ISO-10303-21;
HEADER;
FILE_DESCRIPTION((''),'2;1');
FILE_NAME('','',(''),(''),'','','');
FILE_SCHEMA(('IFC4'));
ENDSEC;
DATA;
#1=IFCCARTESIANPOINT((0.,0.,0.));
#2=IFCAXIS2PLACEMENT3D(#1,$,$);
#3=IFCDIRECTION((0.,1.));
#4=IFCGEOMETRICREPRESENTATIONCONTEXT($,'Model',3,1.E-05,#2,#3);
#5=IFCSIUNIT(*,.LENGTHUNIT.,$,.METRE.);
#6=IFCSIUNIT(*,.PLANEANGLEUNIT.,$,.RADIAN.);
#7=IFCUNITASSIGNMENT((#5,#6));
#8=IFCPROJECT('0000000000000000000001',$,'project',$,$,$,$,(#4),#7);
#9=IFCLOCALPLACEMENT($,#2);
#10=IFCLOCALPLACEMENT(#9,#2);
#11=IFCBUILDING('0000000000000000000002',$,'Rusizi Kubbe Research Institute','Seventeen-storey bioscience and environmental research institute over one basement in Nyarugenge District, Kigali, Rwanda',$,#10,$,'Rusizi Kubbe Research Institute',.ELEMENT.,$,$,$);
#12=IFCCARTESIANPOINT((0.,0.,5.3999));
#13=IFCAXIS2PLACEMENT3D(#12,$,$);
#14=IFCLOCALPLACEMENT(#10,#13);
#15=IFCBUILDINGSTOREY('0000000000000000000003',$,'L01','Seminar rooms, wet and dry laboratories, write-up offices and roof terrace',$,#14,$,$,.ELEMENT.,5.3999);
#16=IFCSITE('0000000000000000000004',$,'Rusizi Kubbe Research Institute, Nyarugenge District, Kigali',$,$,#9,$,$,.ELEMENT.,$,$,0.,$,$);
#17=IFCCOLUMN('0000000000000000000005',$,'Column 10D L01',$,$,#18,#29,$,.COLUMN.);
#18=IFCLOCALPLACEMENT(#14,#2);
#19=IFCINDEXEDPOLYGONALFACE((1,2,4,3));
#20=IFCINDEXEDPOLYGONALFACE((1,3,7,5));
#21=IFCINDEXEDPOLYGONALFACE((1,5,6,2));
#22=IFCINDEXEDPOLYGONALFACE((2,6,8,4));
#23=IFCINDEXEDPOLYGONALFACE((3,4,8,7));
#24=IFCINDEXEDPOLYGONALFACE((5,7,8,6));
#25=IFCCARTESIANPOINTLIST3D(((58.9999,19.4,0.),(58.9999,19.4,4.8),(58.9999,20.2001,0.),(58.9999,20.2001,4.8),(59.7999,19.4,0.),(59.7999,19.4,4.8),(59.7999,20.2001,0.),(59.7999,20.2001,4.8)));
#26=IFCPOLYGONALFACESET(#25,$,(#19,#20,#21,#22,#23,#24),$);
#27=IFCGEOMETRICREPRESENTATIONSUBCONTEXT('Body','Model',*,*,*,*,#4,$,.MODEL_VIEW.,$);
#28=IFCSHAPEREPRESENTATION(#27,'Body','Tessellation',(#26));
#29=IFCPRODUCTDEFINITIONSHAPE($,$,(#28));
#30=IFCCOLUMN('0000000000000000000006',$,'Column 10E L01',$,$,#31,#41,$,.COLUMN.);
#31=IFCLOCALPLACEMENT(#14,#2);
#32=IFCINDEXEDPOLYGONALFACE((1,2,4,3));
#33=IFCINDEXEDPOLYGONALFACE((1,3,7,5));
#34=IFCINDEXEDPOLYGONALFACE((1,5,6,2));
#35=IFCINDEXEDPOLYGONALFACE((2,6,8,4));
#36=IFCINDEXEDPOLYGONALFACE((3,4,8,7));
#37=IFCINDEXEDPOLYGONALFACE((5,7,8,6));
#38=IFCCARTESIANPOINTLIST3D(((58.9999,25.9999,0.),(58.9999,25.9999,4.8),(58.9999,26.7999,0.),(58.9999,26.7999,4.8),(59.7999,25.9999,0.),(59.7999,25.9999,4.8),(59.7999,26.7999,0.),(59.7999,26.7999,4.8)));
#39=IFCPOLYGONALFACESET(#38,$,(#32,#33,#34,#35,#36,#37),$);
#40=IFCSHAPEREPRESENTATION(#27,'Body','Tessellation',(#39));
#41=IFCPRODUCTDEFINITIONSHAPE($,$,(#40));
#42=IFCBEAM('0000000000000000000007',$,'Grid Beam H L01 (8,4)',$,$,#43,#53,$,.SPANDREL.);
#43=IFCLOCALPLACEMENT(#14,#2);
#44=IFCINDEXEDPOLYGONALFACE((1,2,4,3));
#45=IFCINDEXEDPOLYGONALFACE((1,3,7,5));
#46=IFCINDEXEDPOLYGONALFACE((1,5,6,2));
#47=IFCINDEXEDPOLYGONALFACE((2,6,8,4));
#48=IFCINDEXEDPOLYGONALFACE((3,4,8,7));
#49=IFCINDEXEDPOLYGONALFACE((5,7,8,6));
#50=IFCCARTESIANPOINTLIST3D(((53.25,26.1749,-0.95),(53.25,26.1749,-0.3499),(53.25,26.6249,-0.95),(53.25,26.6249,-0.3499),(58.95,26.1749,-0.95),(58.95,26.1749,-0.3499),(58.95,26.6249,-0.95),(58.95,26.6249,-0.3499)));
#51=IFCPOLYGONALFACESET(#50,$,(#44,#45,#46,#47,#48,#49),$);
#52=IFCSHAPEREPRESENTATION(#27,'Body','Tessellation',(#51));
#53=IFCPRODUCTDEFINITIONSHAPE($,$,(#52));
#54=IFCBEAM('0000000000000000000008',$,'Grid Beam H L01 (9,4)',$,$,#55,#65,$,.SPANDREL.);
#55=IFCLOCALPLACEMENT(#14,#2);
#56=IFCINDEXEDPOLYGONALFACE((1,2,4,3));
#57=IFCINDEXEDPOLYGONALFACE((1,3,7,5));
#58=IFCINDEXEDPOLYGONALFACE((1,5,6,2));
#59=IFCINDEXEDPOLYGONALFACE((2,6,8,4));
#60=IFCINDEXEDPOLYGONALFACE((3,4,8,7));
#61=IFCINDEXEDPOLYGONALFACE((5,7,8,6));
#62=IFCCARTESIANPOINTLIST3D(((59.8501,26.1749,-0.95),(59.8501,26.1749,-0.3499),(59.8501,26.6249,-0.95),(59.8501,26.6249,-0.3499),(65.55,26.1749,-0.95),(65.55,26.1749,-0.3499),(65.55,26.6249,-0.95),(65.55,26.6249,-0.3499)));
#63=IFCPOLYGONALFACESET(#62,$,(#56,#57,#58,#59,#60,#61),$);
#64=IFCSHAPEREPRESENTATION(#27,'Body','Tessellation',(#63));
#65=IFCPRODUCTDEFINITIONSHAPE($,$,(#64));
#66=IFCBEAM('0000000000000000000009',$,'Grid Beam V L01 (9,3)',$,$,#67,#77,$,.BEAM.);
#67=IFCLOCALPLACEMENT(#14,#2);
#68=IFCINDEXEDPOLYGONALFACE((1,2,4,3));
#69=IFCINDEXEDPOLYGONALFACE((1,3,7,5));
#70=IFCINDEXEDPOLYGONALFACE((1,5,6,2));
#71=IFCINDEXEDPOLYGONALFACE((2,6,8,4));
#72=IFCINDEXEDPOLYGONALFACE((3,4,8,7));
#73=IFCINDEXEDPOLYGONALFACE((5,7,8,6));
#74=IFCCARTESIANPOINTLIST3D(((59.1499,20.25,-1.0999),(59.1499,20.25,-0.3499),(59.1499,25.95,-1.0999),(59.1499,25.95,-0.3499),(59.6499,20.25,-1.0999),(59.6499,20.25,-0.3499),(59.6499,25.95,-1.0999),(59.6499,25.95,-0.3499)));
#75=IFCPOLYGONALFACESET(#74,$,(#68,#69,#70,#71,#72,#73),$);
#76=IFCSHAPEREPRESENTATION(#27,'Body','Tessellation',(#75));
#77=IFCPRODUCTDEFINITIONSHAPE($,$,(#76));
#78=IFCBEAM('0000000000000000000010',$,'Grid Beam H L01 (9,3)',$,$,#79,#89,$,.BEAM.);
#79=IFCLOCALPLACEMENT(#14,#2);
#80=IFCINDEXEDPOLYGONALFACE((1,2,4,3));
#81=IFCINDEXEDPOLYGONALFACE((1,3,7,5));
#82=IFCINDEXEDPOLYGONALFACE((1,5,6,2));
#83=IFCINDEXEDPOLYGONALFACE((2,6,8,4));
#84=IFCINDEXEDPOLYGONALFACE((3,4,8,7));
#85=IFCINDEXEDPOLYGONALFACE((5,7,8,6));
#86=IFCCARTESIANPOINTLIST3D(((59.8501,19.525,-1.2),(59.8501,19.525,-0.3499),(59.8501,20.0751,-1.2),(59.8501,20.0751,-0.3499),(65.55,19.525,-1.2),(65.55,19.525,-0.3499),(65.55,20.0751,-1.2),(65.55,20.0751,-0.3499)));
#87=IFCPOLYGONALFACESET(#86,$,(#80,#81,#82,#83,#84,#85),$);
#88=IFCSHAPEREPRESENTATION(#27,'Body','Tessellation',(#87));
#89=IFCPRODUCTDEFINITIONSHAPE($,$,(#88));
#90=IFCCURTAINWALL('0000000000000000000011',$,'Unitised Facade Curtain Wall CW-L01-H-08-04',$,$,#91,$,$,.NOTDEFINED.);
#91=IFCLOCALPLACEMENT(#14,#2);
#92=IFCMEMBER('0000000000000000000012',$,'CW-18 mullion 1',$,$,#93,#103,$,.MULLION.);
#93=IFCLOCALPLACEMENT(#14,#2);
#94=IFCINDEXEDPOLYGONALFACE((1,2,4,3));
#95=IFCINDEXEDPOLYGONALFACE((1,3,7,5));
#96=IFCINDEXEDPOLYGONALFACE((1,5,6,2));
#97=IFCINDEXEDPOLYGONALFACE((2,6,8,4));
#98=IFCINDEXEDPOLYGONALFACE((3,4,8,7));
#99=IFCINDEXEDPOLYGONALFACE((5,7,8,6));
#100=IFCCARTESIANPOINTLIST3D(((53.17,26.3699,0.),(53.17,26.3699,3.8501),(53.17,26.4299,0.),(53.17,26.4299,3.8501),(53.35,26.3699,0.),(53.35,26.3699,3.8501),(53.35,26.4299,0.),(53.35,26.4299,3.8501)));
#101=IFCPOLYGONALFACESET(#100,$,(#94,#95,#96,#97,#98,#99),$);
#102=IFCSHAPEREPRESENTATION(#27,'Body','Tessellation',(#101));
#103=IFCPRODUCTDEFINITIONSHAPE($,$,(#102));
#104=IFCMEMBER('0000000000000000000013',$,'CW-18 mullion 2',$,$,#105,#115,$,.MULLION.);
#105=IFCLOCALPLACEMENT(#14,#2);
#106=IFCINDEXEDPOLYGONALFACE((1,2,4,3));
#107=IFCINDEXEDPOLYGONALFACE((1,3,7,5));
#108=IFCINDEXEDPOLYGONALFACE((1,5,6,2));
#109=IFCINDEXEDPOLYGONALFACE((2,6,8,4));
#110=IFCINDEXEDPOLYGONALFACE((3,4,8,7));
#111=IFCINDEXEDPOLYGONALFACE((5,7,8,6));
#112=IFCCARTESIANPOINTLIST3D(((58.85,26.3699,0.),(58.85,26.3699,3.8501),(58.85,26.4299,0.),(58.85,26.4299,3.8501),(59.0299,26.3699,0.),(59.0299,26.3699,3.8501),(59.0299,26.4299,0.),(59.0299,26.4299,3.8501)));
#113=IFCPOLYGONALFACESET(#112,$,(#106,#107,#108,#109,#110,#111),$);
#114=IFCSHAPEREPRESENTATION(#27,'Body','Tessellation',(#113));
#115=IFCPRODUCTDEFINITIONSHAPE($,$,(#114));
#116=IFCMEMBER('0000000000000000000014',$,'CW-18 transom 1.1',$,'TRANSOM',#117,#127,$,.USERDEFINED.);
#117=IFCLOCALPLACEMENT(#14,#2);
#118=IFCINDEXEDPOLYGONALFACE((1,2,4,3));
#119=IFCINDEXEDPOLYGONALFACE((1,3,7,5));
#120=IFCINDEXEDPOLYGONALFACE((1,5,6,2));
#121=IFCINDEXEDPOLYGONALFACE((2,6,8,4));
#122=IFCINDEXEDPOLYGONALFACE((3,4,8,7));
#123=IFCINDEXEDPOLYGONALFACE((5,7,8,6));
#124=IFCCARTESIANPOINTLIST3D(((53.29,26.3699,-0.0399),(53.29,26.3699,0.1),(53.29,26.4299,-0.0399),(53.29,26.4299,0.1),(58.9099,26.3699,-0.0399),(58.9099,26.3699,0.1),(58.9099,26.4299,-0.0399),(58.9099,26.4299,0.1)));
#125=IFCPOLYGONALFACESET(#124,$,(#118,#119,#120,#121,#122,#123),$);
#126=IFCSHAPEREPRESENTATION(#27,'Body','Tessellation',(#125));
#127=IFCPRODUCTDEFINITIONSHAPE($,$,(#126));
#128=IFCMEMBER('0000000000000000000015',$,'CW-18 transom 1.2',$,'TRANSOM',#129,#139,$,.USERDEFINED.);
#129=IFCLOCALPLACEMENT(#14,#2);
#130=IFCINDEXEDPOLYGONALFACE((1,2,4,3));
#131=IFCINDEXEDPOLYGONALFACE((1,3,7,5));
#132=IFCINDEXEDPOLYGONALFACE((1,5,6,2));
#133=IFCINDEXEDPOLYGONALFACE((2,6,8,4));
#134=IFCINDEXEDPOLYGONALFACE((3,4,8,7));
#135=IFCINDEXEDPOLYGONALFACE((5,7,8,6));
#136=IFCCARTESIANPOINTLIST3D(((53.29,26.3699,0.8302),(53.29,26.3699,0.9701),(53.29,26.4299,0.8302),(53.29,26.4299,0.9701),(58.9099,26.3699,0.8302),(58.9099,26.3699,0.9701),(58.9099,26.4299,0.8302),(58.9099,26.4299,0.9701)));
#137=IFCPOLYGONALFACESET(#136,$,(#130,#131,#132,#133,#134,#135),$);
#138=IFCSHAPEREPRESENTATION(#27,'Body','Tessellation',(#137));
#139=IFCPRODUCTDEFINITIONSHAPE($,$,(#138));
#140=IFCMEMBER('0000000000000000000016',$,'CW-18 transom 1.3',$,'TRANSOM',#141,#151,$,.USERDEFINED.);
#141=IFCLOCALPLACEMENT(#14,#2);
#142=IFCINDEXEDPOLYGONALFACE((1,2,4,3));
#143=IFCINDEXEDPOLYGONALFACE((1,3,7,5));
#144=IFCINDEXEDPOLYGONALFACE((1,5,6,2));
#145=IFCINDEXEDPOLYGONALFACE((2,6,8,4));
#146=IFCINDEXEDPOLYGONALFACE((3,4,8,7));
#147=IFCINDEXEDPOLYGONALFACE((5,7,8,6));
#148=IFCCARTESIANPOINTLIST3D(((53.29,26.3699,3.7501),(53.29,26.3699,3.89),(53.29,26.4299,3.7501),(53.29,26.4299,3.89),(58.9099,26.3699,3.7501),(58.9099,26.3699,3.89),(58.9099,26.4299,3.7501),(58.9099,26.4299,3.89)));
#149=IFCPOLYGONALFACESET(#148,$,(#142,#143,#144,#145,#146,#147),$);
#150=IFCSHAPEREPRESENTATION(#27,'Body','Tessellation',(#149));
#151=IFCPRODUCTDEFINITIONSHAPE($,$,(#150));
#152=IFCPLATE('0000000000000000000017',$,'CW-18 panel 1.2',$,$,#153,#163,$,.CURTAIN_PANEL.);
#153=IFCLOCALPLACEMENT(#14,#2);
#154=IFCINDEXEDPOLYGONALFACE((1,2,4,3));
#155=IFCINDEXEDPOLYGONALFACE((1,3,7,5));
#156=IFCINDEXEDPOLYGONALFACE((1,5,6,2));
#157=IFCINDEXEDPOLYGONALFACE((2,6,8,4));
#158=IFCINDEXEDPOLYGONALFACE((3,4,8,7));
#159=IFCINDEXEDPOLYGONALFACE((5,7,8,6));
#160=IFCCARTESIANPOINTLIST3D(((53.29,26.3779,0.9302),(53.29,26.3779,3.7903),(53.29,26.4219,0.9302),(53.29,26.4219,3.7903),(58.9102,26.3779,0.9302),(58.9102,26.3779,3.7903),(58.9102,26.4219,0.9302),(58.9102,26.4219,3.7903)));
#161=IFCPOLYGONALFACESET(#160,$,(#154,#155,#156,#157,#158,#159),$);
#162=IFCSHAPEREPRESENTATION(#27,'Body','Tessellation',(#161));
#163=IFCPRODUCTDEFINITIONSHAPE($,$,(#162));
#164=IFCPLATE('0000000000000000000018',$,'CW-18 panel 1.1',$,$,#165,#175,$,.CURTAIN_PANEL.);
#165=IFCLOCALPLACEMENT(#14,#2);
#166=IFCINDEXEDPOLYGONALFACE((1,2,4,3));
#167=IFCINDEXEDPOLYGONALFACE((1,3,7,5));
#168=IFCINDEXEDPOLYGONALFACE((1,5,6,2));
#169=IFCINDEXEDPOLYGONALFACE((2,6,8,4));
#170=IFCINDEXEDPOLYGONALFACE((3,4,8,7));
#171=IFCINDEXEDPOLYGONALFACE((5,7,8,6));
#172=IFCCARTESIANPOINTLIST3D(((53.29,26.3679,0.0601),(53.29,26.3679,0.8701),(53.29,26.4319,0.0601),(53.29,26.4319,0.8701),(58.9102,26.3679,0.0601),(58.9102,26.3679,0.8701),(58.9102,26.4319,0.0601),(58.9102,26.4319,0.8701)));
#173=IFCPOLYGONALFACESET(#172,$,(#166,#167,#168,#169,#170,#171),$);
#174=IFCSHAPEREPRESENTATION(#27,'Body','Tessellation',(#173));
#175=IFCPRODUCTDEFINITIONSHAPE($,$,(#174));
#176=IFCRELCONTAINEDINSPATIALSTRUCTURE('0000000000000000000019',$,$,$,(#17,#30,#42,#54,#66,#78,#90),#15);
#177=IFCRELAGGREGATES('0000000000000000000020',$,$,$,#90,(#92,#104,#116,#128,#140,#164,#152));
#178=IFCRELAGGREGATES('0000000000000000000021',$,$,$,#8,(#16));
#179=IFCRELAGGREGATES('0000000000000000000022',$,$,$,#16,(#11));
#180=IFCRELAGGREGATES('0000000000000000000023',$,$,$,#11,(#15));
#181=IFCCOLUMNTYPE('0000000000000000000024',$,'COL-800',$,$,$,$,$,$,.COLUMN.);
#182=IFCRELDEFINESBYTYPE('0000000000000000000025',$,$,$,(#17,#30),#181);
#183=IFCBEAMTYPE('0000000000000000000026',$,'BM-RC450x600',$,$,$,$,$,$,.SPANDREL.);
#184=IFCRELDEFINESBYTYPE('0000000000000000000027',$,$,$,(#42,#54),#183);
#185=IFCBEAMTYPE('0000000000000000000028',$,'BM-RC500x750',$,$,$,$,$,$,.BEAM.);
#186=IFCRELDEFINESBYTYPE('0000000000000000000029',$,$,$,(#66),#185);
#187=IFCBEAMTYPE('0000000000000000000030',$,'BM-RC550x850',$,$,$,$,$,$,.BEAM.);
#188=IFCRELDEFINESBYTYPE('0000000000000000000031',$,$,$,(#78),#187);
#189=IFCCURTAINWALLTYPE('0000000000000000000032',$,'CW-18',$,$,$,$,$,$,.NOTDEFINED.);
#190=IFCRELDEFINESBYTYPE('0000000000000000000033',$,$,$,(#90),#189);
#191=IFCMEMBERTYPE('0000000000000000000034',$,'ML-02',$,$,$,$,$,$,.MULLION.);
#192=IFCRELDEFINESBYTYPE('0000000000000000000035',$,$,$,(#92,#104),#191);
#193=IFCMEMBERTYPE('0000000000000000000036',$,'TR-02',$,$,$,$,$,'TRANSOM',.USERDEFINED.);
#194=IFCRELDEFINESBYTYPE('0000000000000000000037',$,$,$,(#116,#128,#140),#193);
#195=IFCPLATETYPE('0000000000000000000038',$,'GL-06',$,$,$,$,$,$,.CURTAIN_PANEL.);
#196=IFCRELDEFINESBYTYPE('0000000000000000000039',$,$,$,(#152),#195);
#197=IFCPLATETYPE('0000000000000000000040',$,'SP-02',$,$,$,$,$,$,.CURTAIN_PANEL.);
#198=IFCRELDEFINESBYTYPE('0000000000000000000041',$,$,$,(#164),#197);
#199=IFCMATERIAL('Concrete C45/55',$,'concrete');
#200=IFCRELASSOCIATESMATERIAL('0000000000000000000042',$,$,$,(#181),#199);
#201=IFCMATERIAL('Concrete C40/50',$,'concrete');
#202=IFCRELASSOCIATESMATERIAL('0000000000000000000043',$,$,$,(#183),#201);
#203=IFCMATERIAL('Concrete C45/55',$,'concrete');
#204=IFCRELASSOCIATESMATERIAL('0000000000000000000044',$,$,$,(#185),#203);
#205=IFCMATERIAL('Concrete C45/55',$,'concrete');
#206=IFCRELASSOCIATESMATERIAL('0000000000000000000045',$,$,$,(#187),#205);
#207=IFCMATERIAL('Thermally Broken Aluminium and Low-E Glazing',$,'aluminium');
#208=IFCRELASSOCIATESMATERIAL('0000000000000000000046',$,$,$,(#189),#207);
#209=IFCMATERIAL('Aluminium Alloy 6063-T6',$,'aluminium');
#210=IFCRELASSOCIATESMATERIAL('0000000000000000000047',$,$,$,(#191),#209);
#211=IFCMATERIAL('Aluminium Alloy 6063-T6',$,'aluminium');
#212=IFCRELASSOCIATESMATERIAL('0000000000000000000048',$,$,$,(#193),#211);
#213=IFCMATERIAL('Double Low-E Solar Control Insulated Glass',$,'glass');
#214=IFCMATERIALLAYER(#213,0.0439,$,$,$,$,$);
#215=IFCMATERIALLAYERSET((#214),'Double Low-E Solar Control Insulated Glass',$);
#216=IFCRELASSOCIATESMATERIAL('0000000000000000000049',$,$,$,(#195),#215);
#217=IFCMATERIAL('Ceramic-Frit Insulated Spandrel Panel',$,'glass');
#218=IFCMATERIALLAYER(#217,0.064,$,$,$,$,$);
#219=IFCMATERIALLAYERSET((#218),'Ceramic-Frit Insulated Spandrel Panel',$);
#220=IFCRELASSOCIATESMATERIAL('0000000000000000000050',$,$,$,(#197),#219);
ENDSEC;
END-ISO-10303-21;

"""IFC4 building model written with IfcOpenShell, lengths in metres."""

from ifc_helpers import new_model, si_unit, direction, frame, origin, origin_2d, place, context, subcontext, project, spatial, rectangle, extrude, material, layer, layer_set, material_profile, profile_set, type_object, element, aggregate, save


model = new_model("IFC4")

# Units and contexts
model_context = context("Model", 3, precision=1e-05, world=origin(), true_north=direction((0.0, 1.0)))
body_context = subcontext(model_context, "Body", "Model", "MODEL_VIEW")
ifc_project = project(units=[si_unit("LENGTHUNIT", "METRE"), si_unit("PLANEANGLEUNIT", "RADIAN")], contexts=[model_context])

# Site, building, storey
site_placement = place(None, origin())
site = spatial("IfcSite", under=ifc_project, at=site_placement, Name="Rusizi Kubbe Research Institute, Nyarugenge District, Kigali", CompositionType="ELEMENT", RefElevation=0.0)
building_placement = place(site_placement, origin())
building = spatial("IfcBuilding", under=site, at=building_placement, Name="Rusizi Kubbe Research Institute", Description="Seventeen-storey bioscience and environmental research institute over one basement in Nyarugenge District, Kigali, Rwanda", LongName="Rusizi Kubbe Research Institute", CompositionType="ELEMENT")
storey_placement = place(building_placement, frame((0.0, 0.0, 5.3999)))
storey = spatial("IfcBuildingStorey", under=building, at=storey_placement, Name="L01", Description="Seminar rooms, wet and dry laboratories, write-up offices and roof terrace", CompositionType="ELEMENT", Elevation=5.3999)

# Columns
ifc_material_1 = material(Name="Concrete C45/55", Category="concrete")
ifc_material_profile_1 = material_profile(ifc_material_1, rectangle(XDim=0.8, YDim=0.8, at=origin_2d()), Name="RC800x800")
ifc_profile_set_1 = profile_set([ifc_material_profile_1], Name="Concrete C45/55")
column_type = type_object("IfcColumnType", Name="COL-800", PredefinedType="COLUMN", material=ifc_profile_set_1)
for number, where, z_axis, x_axis, name in (
    (1, (59.3999, 19.8, 0.0), (0.0, 0.0, 1.0), (1.0, 0.0, 0.0), "Column 10D L01"),
    (2, (59.3999, 26.3999, 0.0), (0.0, 0.0, 1.0), (1.0, 0.0, 0.0), "Column 10E L01"),
):
    element("IfcColumn", number, at=place(storey_placement, frame(where, z_axis=z_axis, x_axis=x_axis)), inside=storey, type_object=column_type, Name=name, PredefinedType="COLUMN", context=body_context, shape_type="SweptSolid", body=[
        extrude(rectangle(XDim=0.8, YDim=0.8, at=origin_2d()), origin(), (0.0, 0.0, 1.0), 4.8),
    ])

# Beams
ifc_material_2 = material(Name="Concrete C40/50", Category="concrete")
ifc_material_profile_2 = material_profile(ifc_material_2, rectangle(XDim=0.45, YDim=0.6001, at=origin_2d()), Name="RC450x600")
ifc_profile_set_2 = profile_set([ifc_material_profile_2], Name="Concrete C40/50")
beam_type_1 = type_object("IfcBeamType", Name="BM-RC450x600", PredefinedType="SPANDREL", material=ifc_profile_set_2)
for number, where, z_axis, x_axis, name in (
    (3, (53.25, 26.3999, -0.6499), (1.0, 0.0, 0.0), (0.0, 1.0, 0.0), "Grid Beam H L01 (8,4)"),
    (4, (59.8501, 26.3999, -0.6499), (1.0, 0.0, 0.0), (0.0, 1.0, 0.0), "Grid Beam H L01 (9,4)"),
):
    element("IfcBeam", number, at=place(storey_placement, frame(where, z_axis=z_axis, x_axis=x_axis)), inside=storey, type_object=beam_type_1, Name=name, PredefinedType="SPANDREL", context=body_context, shape_type="SweptSolid", body=[
        extrude(rectangle(XDim=0.45, YDim=0.6001, at=origin_2d()), origin(), (0.0, 0.0, 1.0), 5.7),
    ])
ifc_material_3 = material(Name="Concrete C45/55", Category="concrete")
ifc_material_profile_3 = material_profile(ifc_material_3, rectangle(XDim=0.5, YDim=0.75, at=origin_2d()), Name="RC500x750B")
ifc_profile_set_3 = profile_set([ifc_material_profile_3], Name="Concrete C45/55")
beam_type_2 = type_object("IfcBeamType", Name="BM-RC500x750", PredefinedType="BEAM", material=ifc_profile_set_3)
beam_1_placement = place(storey_placement, frame((59.3999, 20.25, -0.7249), z_axis=(0.0, 1.0, 0.0), x_axis=(-1.0, 0.0, 0.0)))
element("IfcBeam", 5, at=beam_1_placement, inside=storey, type_object=beam_type_2, Name="Grid Beam V L01 (9,3)", PredefinedType="BEAM", context=body_context, shape_type="SweptSolid", body=[
    extrude(rectangle(XDim=0.5, YDim=0.75, at=origin_2d()), origin(), (0.0, 0.0, 1.0), 5.7),
])
ifc_material_4 = material(Name="Concrete C45/55", Category="concrete")
ifc_material_profile_4 = material_profile(ifc_material_4, rectangle(XDim=0.55, YDim=0.8501, at=origin_2d()), Name="RC550x850")
ifc_profile_set_4 = profile_set([ifc_material_profile_4], Name="Concrete C45/55")
beam_type_3 = type_object("IfcBeamType", Name="BM-RC550x850", PredefinedType="BEAM", material=ifc_profile_set_4)
beam_2_placement = place(storey_placement, frame((59.8501, 19.8, -0.7749), z_axis=(1.0, 0.0, 0.0), x_axis=(0.0, 1.0, 0.0)))
element("IfcBeam", 6, at=beam_2_placement, inside=storey, type_object=beam_type_3, Name="Grid Beam H L01 (9,3)", PredefinedType="BEAM", context=body_context, shape_type="SweptSolid", body=[
    extrude(rectangle(XDim=0.55, YDim=0.8501, at=origin_2d()), origin(), (0.0, 0.0, 1.0), 5.7),
])

# Curtain wall, members, plates
ifc_material_5 = material(Name="Thermally Broken Aluminium and Low-E Glazing", Category="aluminium")
curtain_wall_type = type_object("IfcCurtainWallType", Name="CW-18", PredefinedType="NOTDEFINED", material=ifc_material_5)
curtain_wall_placement = place(storey_placement, origin())
curtain_wall = element("IfcCurtainWall", 7, at=curtain_wall_placement, inside=storey, type_object=curtain_wall_type, Name="Unitised Facade Curtain Wall CW-L01-H-08-04", PredefinedType="NOTDEFINED")
ifc_material_6 = material(Name="Aluminium Alloy 6063-T6", Category="aluminium")
ifc_material_profile_5 = material_profile(ifc_material_6, rectangle(XDim=0.0601, YDim=0.1799, at=origin_2d()), Name="ALU-M 60x180")
ifc_profile_set_5 = profile_set([ifc_material_profile_5], Name="Aluminium Alloy 6063-T6")
member_type_1 = type_object("IfcMemberType", Name="ML-02", PredefinedType="MULLION", material=ifc_profile_set_5)
member_1_placement = place(storey_placement, frame((53.26, 26.3999, 0.0), z_axis=(0.0, 0.0, 1.0), x_axis=(0.0, 1.0, 0.0)))
member_1 = element("IfcMember", 8, at=member_1_placement, type_object=member_type_1, Name="CW-18 mullion 1", PredefinedType="MULLION", context=body_context, shape_type="SweptSolid", body=[
    extrude(rectangle(XDim=0.0601, YDim=0.1799, at=origin_2d()), origin(), (0.0, 0.0, 1.0), 3.8501),
])
member_2_placement = place(storey_placement, frame((58.9399, 26.3999, 0.0), z_axis=(0.0, 0.0, 1.0), x_axis=(0.0, 1.0, 0.0)))
member_2 = element("IfcMember", 9, at=member_2_placement, type_object=member_type_1, Name="CW-18 mullion 2", PredefinedType="MULLION", context=body_context, shape_type="SweptSolid", body=[
    extrude(rectangle(XDim=0.0601, YDim=0.1799, at=origin_2d()), origin(), (0.0, 0.0, 1.0), 3.8501),
])
ifc_material_7 = material(Name="Aluminium Alloy 6063-T6", Category="aluminium")
ifc_material_profile_6 = material_profile(ifc_material_7, rectangle(XDim=0.0601, YDim=0.1399, at=origin_2d()), Name="ALU-T 60x140")
ifc_profile_set_6 = profile_set([ifc_material_profile_6], Name="Aluminium Alloy 6063-T6")
member_type_2 = type_object("IfcMemberType", Name="TR-02", ElementType="TRANSOM", PredefinedType="USERDEFINED", material=ifc_profile_set_6)
member_3_placement = place(storey_placement, frame((53.29, 26.3999, 0.03), z_axis=(1.0, 0.0, 0.0), x_axis=(0.0, 1.0, 0.0)))
member_3 = element("IfcMember", 10, at=member_3_placement, type_object=member_type_2, Name="CW-18 transom 1.1", ObjectType="TRANSOM", PredefinedType="USERDEFINED", context=body_context, shape_type="SweptSolid", body=[
    extrude(rectangle(XDim=0.0601, YDim=0.1399, at=origin_2d()), origin(), (0.0, 0.0, 1.0), 5.6199),
])
member_4_placement = place(storey_placement, frame((53.29, 26.3999, 0.9001), z_axis=(1.0, 0.0, 0.0), x_axis=(0.0, 1.0, 0.0)))
member_4 = element("IfcMember", 11, at=member_4_placement, type_object=member_type_2, Name="CW-18 transom 1.2", ObjectType="TRANSOM", PredefinedType="USERDEFINED", context=body_context, shape_type="SweptSolid", body=[
    extrude(rectangle(XDim=0.0601, YDim=0.1399, at=origin_2d()), origin(), (0.0, 0.0, 1.0), 5.6199),
])
member_5_placement = place(storey_placement, frame((53.29, 26.3999, 3.8201), z_axis=(1.0, 0.0, 0.0), x_axis=(0.0, 1.0, 0.0)))
member_5 = element("IfcMember", 12, at=member_5_placement, type_object=member_type_2, Name="CW-18 transom 1.3", ObjectType="TRANSOM", PredefinedType="USERDEFINED", context=body_context, shape_type="SweptSolid", body=[
    extrude(rectangle(XDim=0.0601, YDim=0.1399, at=origin_2d()), origin(), (0.0, 0.0, 1.0), 5.6199),
])
ifc_material_8 = material(Name="Double Low-E Solar Control Insulated Glass", Category="glass")
ifc_layer_1 = layer(ifc_material_8, 0.0439)
ifc_layer_set_1 = layer_set([ifc_layer_1], Name="Double Low-E Solar Control Insulated Glass")
plate_type_1 = type_object("IfcPlateType", Name="GL-06", PredefinedType="CURTAIN_PANEL", material=ifc_layer_set_1)
plate_1_placement = place(storey_placement, frame((56.1001, 26.3999, 0.9302), z_axis=(0.0, 0.0, 1.0), x_axis=(1.0, 0.0, 0.0)))
plate_1 = element("IfcPlate", 13, at=plate_1_placement, type_object=plate_type_1, Name="CW-18 panel 1.2", PredefinedType="CURTAIN_PANEL", context=body_context, shape_type="SweptSolid", body=[
    extrude(rectangle(XDim=5.6201, YDim=0.0439, at=origin_2d()), origin(), (0.0, 0.0, 1.0), 2.8601),
])
ifc_material_9 = material(Name="Ceramic-Frit Insulated Spandrel Panel", Category="glass")
ifc_layer_2 = layer(ifc_material_9, 0.064)
ifc_layer_set_2 = layer_set([ifc_layer_2], Name="Ceramic-Frit Insulated Spandrel Panel")
plate_type_2 = type_object("IfcPlateType", Name="SP-02", PredefinedType="CURTAIN_PANEL", material=ifc_layer_set_2)
plate_2_placement = place(storey_placement, frame((56.1001, 26.3999, 0.0601), z_axis=(0.0, 0.0, 1.0), x_axis=(1.0, 0.0, 0.0)))
plate_2 = element("IfcPlate", 14, at=plate_2_placement, type_object=plate_type_2, Name="CW-18 panel 1.1", PredefinedType="CURTAIN_PANEL", context=body_context, shape_type="SweptSolid", body=[
    extrude(rectangle(XDim=5.6201, YDim=0.064, at=origin_2d()), origin(), (0.0, 0.0, 1.0), 0.8101),
])
aggregate(curtain_wall, [member_1, member_2, member_3, member_4, member_5, plate_2, plate_1])

save(model, "model.ifc")
